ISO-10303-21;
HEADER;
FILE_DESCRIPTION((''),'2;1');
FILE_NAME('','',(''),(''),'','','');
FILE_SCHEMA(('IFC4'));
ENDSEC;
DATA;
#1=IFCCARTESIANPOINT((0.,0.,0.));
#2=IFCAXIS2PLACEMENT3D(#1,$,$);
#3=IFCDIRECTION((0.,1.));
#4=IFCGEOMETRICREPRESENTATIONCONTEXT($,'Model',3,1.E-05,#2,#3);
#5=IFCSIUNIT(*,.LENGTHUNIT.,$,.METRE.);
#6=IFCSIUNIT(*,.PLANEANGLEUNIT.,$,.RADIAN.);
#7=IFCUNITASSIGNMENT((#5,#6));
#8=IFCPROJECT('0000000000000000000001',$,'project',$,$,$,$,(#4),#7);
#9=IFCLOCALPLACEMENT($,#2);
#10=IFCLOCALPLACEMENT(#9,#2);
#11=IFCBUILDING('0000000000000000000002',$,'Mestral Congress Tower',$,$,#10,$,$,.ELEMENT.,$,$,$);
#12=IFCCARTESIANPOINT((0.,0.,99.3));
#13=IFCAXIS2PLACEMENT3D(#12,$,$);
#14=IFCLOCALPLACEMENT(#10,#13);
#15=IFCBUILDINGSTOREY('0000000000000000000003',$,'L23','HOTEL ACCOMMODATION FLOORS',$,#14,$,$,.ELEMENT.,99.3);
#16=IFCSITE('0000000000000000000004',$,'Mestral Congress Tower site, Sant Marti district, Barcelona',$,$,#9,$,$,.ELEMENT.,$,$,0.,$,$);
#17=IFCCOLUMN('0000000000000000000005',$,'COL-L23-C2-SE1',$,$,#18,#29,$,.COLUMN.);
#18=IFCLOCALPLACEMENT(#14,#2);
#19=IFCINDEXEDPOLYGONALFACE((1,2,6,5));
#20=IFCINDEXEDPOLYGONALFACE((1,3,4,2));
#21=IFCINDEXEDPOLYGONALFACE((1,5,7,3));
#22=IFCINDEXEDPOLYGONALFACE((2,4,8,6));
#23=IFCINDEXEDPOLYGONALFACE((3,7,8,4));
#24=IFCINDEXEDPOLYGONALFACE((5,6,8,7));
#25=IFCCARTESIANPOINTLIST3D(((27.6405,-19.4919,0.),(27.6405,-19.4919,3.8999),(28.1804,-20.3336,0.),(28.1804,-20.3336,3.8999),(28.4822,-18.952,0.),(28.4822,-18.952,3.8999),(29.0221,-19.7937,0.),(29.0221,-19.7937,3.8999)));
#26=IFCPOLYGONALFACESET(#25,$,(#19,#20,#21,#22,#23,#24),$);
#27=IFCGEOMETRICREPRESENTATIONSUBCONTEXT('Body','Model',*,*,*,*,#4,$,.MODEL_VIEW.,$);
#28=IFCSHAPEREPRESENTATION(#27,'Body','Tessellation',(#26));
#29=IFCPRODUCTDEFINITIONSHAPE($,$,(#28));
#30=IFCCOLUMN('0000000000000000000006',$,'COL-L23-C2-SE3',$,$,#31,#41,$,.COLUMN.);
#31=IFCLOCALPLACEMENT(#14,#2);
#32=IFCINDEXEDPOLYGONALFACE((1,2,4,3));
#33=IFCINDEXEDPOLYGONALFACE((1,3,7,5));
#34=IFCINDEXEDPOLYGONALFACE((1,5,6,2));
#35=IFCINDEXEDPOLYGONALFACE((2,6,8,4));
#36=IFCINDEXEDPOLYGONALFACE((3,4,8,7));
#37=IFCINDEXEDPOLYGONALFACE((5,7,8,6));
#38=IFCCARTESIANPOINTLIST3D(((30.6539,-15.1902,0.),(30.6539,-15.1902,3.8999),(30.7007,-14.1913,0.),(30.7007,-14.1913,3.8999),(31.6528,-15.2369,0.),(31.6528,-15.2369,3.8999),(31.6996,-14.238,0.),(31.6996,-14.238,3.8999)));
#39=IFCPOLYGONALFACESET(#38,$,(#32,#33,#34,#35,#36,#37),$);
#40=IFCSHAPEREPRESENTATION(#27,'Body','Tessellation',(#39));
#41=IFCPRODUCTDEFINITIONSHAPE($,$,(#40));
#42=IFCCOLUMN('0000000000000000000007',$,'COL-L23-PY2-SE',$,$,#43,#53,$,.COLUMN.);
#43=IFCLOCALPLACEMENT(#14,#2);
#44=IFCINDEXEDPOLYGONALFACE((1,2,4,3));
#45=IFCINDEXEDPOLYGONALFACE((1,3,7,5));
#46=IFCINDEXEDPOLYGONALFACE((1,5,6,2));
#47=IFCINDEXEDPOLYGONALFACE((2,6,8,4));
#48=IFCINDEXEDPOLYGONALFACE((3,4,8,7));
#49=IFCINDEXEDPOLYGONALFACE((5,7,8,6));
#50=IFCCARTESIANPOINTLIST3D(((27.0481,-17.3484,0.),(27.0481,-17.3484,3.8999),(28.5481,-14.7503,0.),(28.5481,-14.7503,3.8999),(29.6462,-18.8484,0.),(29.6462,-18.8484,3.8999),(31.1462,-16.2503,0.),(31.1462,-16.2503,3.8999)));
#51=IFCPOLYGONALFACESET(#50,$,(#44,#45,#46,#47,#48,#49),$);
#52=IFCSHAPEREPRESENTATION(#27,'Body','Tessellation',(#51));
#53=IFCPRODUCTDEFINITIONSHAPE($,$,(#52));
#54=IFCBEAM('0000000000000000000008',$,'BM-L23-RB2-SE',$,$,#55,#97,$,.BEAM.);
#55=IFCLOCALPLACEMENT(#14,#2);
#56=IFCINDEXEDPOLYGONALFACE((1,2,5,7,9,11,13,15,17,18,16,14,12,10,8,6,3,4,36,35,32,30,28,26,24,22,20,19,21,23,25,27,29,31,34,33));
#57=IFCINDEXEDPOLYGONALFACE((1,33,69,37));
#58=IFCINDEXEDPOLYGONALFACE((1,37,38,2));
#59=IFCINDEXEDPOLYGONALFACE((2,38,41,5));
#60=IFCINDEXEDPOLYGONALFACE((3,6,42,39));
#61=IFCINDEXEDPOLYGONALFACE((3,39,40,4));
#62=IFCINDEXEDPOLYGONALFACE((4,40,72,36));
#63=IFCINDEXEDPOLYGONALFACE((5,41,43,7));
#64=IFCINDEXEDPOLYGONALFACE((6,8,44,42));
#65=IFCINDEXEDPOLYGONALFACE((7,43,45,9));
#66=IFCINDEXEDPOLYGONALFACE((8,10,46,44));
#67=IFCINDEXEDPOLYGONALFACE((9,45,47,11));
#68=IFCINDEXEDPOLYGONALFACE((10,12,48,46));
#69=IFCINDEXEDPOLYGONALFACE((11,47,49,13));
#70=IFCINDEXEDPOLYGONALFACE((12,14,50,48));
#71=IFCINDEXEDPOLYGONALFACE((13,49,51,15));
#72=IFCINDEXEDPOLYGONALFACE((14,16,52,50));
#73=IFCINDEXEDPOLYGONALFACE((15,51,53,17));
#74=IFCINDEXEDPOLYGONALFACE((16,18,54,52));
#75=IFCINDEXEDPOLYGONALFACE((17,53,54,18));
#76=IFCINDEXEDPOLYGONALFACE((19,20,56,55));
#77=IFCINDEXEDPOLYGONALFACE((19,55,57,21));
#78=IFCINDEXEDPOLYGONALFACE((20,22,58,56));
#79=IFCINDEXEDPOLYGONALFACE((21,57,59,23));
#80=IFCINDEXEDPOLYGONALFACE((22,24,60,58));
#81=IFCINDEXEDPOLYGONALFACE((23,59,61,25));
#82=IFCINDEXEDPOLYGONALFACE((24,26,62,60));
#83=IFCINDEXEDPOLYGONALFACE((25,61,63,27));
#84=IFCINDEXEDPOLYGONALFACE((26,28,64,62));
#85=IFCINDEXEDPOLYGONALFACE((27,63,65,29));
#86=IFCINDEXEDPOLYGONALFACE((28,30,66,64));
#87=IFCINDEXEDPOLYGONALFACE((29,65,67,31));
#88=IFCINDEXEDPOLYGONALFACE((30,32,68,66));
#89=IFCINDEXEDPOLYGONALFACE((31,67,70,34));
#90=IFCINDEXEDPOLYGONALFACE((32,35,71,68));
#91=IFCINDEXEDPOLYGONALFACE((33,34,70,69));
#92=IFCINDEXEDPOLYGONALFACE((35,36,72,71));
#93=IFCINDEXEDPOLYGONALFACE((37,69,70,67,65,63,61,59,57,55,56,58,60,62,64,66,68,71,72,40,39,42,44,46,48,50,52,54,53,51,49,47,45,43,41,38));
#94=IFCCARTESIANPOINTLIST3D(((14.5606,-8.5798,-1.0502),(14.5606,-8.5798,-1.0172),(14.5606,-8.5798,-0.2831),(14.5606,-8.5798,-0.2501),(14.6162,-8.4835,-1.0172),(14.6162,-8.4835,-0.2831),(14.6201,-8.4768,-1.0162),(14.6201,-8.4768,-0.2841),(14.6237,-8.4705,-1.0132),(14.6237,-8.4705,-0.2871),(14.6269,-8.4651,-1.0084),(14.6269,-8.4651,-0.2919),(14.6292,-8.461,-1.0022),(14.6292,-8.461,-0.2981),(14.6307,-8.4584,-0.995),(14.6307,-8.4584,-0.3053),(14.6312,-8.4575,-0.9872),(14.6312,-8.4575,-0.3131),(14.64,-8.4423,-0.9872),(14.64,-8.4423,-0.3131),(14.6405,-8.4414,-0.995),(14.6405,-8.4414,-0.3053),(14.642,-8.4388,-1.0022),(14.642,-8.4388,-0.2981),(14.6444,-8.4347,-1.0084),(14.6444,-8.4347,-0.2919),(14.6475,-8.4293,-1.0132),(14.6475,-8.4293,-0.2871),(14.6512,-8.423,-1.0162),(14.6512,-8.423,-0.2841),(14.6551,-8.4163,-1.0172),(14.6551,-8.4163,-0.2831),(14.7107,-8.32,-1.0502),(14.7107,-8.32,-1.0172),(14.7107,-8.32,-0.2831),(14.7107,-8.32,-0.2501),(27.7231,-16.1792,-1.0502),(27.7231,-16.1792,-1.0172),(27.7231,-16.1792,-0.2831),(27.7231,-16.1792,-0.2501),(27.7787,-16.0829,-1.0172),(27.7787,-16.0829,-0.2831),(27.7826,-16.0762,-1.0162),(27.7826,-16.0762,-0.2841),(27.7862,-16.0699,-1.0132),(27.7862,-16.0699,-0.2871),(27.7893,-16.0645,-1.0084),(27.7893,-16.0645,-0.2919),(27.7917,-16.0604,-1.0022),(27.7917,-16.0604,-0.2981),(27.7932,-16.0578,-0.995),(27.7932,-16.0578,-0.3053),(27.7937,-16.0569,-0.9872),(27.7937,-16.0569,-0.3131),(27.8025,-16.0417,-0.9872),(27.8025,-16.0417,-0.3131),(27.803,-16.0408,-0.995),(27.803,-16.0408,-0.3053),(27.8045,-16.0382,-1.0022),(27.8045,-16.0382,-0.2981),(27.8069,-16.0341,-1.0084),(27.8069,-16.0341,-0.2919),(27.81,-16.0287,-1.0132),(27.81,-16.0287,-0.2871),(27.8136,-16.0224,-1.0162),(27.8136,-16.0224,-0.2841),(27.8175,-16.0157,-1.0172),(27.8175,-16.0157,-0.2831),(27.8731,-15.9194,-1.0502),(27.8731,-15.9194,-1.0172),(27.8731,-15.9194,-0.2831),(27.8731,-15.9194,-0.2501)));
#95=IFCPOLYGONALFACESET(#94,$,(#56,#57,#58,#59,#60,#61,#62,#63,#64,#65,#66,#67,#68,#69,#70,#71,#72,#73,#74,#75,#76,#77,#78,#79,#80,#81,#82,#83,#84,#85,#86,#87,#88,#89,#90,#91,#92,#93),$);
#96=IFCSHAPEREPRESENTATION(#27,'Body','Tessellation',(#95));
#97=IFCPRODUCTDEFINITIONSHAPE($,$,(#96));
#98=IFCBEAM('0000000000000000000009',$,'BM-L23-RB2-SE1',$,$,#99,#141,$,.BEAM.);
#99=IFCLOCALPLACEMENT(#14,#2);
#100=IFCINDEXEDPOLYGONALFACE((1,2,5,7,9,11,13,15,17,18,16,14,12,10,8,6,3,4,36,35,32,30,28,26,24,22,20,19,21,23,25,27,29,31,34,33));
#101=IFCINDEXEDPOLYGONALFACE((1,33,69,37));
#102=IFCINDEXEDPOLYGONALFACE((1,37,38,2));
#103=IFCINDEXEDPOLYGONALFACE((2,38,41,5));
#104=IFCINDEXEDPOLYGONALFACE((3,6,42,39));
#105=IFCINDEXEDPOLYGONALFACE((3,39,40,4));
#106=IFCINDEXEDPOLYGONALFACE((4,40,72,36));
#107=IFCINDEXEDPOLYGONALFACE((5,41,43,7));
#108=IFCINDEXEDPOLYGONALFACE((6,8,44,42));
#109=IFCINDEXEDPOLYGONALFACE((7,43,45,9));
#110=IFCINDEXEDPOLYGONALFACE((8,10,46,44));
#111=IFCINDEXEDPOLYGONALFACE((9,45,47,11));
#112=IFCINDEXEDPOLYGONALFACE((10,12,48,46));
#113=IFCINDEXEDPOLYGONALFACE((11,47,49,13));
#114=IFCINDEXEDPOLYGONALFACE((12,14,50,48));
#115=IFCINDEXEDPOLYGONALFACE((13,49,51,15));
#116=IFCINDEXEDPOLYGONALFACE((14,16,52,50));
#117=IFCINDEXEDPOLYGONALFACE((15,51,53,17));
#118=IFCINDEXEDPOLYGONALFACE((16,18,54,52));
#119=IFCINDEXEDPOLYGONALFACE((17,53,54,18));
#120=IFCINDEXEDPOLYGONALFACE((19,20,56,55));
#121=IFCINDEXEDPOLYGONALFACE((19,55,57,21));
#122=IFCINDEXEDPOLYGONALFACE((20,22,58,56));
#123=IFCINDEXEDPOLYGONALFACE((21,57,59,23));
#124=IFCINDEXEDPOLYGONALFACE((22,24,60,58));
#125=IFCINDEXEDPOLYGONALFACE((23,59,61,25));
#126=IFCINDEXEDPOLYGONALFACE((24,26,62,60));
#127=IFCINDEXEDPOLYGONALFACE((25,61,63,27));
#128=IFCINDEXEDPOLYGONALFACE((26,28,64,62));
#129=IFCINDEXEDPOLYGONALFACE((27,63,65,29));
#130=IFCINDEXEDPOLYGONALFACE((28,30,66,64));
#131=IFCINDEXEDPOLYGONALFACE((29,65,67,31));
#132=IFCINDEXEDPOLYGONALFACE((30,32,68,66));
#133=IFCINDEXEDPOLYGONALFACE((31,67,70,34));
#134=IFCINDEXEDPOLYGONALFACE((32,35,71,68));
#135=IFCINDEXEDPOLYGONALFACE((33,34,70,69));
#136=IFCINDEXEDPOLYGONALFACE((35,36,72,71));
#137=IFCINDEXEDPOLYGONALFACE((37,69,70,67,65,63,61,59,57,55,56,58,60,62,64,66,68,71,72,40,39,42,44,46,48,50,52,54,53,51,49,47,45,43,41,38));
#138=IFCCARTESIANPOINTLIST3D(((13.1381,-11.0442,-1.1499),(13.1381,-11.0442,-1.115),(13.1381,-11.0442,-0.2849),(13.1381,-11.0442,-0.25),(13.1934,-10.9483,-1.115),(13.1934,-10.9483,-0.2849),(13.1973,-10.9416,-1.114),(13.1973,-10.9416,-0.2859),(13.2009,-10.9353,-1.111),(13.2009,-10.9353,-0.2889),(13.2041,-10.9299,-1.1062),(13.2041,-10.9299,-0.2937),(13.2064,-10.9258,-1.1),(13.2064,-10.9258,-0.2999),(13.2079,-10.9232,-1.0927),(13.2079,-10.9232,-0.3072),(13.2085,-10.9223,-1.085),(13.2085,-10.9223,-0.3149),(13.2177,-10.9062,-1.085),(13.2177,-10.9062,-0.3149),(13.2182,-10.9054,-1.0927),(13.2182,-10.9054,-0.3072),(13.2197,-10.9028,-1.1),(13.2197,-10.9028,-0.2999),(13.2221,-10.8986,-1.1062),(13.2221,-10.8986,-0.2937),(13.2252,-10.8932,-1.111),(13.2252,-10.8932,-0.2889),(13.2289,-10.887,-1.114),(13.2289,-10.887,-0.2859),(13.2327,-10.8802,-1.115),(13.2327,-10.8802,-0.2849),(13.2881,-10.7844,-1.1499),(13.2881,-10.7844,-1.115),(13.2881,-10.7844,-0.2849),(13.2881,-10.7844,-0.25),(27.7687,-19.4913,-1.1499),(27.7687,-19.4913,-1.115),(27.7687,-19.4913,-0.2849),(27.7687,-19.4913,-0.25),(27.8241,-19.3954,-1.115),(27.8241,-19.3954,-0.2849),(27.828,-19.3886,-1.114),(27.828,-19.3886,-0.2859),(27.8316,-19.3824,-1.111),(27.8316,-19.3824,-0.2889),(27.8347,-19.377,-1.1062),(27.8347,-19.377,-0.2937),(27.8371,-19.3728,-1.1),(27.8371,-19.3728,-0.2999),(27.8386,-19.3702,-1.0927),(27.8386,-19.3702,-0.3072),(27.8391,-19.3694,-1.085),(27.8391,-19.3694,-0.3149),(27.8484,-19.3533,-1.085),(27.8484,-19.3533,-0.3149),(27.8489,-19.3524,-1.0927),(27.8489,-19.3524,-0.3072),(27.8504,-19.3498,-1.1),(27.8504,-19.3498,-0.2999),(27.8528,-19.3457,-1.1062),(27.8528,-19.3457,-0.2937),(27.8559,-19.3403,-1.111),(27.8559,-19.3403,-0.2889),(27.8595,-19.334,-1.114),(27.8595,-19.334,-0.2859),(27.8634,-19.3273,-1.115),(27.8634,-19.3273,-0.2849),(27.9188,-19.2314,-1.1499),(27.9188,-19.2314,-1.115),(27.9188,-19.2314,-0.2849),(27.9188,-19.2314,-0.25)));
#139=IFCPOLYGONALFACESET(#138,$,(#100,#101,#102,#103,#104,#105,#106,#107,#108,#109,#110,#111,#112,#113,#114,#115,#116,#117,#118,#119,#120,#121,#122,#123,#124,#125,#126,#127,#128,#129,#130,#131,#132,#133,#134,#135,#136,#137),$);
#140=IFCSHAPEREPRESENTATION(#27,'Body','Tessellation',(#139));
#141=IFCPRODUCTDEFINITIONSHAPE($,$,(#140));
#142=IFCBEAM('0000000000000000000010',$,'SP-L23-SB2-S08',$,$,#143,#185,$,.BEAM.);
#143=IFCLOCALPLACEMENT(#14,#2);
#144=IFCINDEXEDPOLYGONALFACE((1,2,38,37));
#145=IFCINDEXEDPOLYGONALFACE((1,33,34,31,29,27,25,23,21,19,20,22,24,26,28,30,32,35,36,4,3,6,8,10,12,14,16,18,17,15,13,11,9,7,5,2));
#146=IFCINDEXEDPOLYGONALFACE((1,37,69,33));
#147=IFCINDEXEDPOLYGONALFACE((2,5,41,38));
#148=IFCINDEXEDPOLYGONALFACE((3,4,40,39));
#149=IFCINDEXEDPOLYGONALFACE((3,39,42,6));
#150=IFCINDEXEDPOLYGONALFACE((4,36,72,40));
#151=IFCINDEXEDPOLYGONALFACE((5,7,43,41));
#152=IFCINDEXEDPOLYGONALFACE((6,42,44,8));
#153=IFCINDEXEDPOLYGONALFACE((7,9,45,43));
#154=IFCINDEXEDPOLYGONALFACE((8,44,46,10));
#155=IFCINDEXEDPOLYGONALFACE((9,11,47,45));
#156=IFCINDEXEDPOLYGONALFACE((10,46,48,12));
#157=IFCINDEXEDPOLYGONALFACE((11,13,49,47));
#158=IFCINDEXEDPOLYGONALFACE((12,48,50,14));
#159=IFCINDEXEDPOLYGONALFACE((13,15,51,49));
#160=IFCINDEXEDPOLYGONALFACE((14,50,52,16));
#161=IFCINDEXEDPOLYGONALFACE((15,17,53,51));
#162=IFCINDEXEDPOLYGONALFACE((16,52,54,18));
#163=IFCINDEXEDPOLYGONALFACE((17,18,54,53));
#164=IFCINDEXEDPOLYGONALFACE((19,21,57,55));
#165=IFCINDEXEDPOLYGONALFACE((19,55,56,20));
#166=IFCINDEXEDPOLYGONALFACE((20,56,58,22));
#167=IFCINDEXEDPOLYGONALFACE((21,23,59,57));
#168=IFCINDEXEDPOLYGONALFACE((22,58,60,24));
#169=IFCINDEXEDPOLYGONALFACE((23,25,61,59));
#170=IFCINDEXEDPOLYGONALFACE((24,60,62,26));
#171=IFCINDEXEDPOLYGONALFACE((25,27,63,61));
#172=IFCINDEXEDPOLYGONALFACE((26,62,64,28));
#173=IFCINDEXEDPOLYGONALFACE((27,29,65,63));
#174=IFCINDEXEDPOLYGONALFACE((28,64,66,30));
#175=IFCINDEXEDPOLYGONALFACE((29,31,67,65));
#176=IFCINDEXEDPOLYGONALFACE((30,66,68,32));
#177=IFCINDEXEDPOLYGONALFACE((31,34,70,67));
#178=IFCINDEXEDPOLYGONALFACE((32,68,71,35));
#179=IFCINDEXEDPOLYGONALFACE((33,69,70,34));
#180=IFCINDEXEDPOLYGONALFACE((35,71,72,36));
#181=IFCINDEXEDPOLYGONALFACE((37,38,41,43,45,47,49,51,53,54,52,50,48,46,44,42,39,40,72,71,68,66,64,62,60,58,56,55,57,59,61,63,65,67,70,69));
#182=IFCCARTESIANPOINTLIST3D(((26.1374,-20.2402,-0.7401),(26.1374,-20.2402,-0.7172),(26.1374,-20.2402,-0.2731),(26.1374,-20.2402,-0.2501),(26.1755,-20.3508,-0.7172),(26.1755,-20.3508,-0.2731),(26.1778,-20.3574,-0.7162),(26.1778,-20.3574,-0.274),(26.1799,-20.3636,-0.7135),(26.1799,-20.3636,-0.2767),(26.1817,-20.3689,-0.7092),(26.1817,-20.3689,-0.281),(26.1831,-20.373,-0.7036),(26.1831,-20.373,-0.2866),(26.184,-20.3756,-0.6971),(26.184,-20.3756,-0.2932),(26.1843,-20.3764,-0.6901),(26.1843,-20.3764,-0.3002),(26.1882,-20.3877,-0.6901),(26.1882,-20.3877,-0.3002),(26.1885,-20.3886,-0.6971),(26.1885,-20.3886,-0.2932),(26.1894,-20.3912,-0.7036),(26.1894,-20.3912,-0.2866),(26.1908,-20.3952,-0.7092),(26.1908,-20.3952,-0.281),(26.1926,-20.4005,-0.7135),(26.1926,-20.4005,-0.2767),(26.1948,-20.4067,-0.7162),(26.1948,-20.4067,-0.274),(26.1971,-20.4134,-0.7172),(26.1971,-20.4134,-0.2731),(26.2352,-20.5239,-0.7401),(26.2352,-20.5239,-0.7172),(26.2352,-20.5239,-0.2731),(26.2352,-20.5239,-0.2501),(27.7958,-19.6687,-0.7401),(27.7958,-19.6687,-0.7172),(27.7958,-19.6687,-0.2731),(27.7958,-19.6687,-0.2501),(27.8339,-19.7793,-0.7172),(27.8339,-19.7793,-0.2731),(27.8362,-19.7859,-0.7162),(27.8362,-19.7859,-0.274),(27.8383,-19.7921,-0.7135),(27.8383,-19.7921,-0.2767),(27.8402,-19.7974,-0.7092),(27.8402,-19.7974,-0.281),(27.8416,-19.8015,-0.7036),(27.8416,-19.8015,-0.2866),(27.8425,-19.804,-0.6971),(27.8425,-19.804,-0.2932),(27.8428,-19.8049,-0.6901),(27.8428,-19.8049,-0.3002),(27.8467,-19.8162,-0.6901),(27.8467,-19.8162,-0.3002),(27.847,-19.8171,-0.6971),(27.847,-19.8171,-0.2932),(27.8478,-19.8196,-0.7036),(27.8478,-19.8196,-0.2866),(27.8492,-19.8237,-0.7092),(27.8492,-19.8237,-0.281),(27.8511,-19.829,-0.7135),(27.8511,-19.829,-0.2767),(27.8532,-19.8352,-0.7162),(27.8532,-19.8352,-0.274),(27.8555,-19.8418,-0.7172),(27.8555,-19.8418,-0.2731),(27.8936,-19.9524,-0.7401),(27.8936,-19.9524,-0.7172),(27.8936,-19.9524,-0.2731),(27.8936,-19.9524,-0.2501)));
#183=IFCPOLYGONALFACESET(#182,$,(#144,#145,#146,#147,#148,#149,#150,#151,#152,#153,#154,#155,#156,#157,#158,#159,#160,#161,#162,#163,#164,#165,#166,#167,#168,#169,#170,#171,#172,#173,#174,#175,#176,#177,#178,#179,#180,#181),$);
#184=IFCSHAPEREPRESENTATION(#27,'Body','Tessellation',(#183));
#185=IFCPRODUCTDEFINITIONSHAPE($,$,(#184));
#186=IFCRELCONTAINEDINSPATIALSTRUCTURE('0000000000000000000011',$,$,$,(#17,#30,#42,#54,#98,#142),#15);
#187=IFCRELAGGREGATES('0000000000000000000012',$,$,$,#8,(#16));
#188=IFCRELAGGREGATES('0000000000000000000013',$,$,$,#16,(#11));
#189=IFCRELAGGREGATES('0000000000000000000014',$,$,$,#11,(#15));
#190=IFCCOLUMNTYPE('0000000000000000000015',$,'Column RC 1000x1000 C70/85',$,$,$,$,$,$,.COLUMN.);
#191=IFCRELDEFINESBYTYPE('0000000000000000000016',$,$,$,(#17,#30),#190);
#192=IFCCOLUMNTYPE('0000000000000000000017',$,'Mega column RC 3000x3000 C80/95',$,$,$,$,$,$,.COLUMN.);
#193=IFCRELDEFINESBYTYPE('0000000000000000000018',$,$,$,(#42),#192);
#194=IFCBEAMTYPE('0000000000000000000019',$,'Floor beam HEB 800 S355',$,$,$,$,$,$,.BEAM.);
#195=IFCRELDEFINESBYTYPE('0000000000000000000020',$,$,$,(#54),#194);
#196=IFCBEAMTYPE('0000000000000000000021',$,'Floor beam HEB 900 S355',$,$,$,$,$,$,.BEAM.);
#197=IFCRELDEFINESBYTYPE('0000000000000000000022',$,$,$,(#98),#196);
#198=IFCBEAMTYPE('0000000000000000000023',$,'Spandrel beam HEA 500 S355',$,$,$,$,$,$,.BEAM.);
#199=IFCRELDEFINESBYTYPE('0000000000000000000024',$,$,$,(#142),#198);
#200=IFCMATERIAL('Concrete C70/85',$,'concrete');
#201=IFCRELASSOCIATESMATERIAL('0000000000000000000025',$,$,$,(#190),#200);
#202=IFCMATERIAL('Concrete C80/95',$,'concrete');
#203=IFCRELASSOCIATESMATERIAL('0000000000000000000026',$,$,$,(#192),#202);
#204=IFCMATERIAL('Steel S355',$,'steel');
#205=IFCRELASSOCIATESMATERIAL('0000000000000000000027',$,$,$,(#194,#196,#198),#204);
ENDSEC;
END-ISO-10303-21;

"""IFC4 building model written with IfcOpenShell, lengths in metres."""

from ifc_helpers import new_model, si_unit, direction, frame, origin, origin_2d, place, context, subcontext, project, spatial, rectangle, i_section, extrude, material, material_profile, profile_set, type_object, element, save


model = new_model("IFC4")

# Units and contexts
model_context = context("Model", 3, precision=1e-05, world=origin(), true_north=direction((0.0, 1.0)))
body_context = subcontext(model_context, "Body", "Model", "MODEL_VIEW")
ifc_project = project(units=[si_unit("LENGTHUNIT", "METRE"), si_unit("PLANEANGLEUNIT", "RADIAN")], contexts=[model_context])

# Site, building, storey
site_placement = place(None, origin())
site = spatial("IfcSite", under=ifc_project, at=site_placement, Name="Mestral Congress Tower site, Sant Marti district, Barcelona", CompositionType="ELEMENT", RefElevation=0.0)
building_placement = place(site_placement, origin())
building = spatial("IfcBuilding", under=site, at=building_placement, Name="Mestral Congress Tower", CompositionType="ELEMENT")
storey_placement = place(building_placement, frame((0.0, 0.0, 99.3)))
storey = spatial("IfcBuildingStorey", under=building, at=storey_placement, Name="L23", Description="HOTEL ACCOMMODATION FLOORS", CompositionType="ELEMENT", Elevation=99.3)

# Columns
ifc_material_1 = material(Name="Concrete C70/85", Category="concrete")
ifc_material_profile_1 = material_profile(ifc_material_1, rectangle(XDim=1.0, YDim=1.0, at=origin_2d()), Name="RC 1000x1000")
ifc_profile_set_1 = profile_set([ifc_material_profile_1], Name="Concrete C70/85")
column_type_1 = type_object("IfcColumnType", Name="Column RC 1000x1000 C70/85", PredefinedType="COLUMN", material=ifc_profile_set_1)
for number, where, z_axis, x_axis, name in (
    (1, (28.3313, -19.6428, 0.0), (0.0, 0.0, 1.0), (0.8417, 0.539945, 0.0), "COL-L23-C2-SE1"),
    (2, (31.1768, -14.7141, 0.0), (0.0, 0.0, 1.0), (0.046756, 0.998906, 0.0), "COL-L23-C2-SE3"),
):
    element("IfcColumn", number, at=place(storey_placement, frame(where, z_axis=z_axis, x_axis=x_axis)), inside=storey, type_object=column_type_1, Name=name, PredefinedType="COLUMN", context=body_context, shape_type="SweptSolid", body=[
        extrude(rectangle(XDim=1.0, YDim=1.0, at=origin_2d()), origin(), (0.0, 0.0, 1.0), 3.8999),
    ])
ifc_material_2 = material(Name="Concrete C80/95", Category="concrete")
ifc_material_profile_2 = material_profile(ifc_material_2, rectangle(XDim=3.0, YDim=3.0, at=origin_2d()), Name="RC 3000x3000")
ifc_profile_set_2 = profile_set([ifc_material_profile_2], Name="Concrete C80/95")
column_type_2 = type_object("IfcColumnType", Name="Mega column RC 3000x3000 C80/95", PredefinedType="COLUMN", material=ifc_profile_set_2)
column_placement = place(storey_placement, frame((29.0972, -16.7993, 0.0), z_axis=(0.0, 0.0, 1.0), x_axis=(0.866025, -0.5, 0.0)))
element("IfcColumn", 3, at=column_placement, inside=storey, type_object=column_type_2, Name="COL-L23-PY2-SE", PredefinedType="COLUMN", context=body_context, shape_type="SweptSolid", body=[
    extrude(rectangle(XDim=3.0, YDim=3.0, at=origin_2d()), origin(), (0.0, 0.0, 1.0), 3.8999),
])

# Beams
ifc_material_3 = material(Name="Steel S355", Category="steel")
ifc_material_profile_3 = material_profile(ifc_material_3, i_section(OverallWidth=0.3, OverallDepth=0.8, WebThickness=0.0176, FlangeThickness=0.033, FilletRadius=0.03, at=origin_2d()), Name="HEB 800")
ifc_profile_set_3 = profile_set([ifc_material_profile_3], Name="Steel S355")
beam_type_1 = type_object("IfcBeamType", Name="Floor beam HEB 800 S355", PredefinedType="BEAM", material=ifc_profile_set_3)
beam_1_placement = place(storey_placement, frame((27.7981, -16.0493, -0.6501), z_axis=(-0.866023, 0.500004, 0.0), x_axis=(-0.500004, -0.866023, 0.0)))
element("IfcBeam", 4, at=beam_1_placement, inside=storey, type_object=beam_type_1, Name="BM-L23-RB2-SE", PredefinedType="BEAM", context=body_context, shape_type="SweptSolid", body=[
    extrude(i_section(OverallWidth=0.3, OverallDepth=0.8, WebThickness=0.0176, FlangeThickness=0.033, FilletRadius=0.03, at=origin_2d()), origin(), (0.0, 0.0, 1.0), 15.1987),
])
ifc_material_profile_4 = material_profile(ifc_material_3, i_section(OverallWidth=0.3, OverallDepth=0.8999, WebThickness=0.0186, FlangeThickness=0.0349, FilletRadius=0.03, at=origin_2d()), Name="HEB 900")
ifc_profile_set_4 = profile_set([ifc_material_profile_4], Name="Steel S355")
beam_type_2 = type_object("IfcBeamType", Name="Floor beam HEB 900 S355", PredefinedType="BEAM", material=ifc_profile_set_4)
beam_2_placement = place(storey_placement, frame((27.8438, -19.3613, -0.7), z_axis=(-0.866025, 0.500001, 0.0), x_axis=(-0.500001, -0.866025, 0.0)))
element("IfcBeam", 5, at=beam_2_placement, inside=storey, type_object=beam_type_2, Name="BM-L23-RB2-SE1", PredefinedType="BEAM", context=body_context, shape_type="SweptSolid", body=[
    extrude(i_section(OverallWidth=0.3, OverallDepth=0.8999, WebThickness=0.0186, FlangeThickness=0.0349, FilletRadius=0.03, at=origin_2d()), origin(), (0.0, 0.0, 1.0), 16.894),
])
ifc_material_profile_5 = material_profile(ifc_material_3, i_section(OverallWidth=0.3, OverallDepth=0.49, WebThickness=0.012, FlangeThickness=0.0229, FilletRadius=0.0271, at=origin_2d()), Name="HEA 500")
ifc_profile_set_5 = profile_set([ifc_material_profile_5], Name="Steel S355")
beam_type_3 = type_object("IfcBeamType", Name="Spandrel beam HEA 500 S355", PredefinedType="BEAM", material=ifc_profile_set_5)
beam_3_placement = place(storey_placement, frame((26.1863, -20.3821, -0.4951), z_axis=(0.945434, 0.325815, 0.0), x_axis=(-0.325815, 0.945434, 0.0)))
element("IfcBeam", 6, at=beam_3_placement, inside=storey, type_object=beam_type_3, Name="SP-L23-SB2-S08", PredefinedType="BEAM", context=body_context, shape_type="SweptSolid", body=[
    extrude(i_section(OverallWidth=0.3, OverallDepth=0.49, WebThickness=0.012, FlangeThickness=0.0229, FilletRadius=0.0271, at=origin_2d()), origin(), (0.0, 0.0, 1.0), 1.7542),
])

save(model, "model.ifc")
